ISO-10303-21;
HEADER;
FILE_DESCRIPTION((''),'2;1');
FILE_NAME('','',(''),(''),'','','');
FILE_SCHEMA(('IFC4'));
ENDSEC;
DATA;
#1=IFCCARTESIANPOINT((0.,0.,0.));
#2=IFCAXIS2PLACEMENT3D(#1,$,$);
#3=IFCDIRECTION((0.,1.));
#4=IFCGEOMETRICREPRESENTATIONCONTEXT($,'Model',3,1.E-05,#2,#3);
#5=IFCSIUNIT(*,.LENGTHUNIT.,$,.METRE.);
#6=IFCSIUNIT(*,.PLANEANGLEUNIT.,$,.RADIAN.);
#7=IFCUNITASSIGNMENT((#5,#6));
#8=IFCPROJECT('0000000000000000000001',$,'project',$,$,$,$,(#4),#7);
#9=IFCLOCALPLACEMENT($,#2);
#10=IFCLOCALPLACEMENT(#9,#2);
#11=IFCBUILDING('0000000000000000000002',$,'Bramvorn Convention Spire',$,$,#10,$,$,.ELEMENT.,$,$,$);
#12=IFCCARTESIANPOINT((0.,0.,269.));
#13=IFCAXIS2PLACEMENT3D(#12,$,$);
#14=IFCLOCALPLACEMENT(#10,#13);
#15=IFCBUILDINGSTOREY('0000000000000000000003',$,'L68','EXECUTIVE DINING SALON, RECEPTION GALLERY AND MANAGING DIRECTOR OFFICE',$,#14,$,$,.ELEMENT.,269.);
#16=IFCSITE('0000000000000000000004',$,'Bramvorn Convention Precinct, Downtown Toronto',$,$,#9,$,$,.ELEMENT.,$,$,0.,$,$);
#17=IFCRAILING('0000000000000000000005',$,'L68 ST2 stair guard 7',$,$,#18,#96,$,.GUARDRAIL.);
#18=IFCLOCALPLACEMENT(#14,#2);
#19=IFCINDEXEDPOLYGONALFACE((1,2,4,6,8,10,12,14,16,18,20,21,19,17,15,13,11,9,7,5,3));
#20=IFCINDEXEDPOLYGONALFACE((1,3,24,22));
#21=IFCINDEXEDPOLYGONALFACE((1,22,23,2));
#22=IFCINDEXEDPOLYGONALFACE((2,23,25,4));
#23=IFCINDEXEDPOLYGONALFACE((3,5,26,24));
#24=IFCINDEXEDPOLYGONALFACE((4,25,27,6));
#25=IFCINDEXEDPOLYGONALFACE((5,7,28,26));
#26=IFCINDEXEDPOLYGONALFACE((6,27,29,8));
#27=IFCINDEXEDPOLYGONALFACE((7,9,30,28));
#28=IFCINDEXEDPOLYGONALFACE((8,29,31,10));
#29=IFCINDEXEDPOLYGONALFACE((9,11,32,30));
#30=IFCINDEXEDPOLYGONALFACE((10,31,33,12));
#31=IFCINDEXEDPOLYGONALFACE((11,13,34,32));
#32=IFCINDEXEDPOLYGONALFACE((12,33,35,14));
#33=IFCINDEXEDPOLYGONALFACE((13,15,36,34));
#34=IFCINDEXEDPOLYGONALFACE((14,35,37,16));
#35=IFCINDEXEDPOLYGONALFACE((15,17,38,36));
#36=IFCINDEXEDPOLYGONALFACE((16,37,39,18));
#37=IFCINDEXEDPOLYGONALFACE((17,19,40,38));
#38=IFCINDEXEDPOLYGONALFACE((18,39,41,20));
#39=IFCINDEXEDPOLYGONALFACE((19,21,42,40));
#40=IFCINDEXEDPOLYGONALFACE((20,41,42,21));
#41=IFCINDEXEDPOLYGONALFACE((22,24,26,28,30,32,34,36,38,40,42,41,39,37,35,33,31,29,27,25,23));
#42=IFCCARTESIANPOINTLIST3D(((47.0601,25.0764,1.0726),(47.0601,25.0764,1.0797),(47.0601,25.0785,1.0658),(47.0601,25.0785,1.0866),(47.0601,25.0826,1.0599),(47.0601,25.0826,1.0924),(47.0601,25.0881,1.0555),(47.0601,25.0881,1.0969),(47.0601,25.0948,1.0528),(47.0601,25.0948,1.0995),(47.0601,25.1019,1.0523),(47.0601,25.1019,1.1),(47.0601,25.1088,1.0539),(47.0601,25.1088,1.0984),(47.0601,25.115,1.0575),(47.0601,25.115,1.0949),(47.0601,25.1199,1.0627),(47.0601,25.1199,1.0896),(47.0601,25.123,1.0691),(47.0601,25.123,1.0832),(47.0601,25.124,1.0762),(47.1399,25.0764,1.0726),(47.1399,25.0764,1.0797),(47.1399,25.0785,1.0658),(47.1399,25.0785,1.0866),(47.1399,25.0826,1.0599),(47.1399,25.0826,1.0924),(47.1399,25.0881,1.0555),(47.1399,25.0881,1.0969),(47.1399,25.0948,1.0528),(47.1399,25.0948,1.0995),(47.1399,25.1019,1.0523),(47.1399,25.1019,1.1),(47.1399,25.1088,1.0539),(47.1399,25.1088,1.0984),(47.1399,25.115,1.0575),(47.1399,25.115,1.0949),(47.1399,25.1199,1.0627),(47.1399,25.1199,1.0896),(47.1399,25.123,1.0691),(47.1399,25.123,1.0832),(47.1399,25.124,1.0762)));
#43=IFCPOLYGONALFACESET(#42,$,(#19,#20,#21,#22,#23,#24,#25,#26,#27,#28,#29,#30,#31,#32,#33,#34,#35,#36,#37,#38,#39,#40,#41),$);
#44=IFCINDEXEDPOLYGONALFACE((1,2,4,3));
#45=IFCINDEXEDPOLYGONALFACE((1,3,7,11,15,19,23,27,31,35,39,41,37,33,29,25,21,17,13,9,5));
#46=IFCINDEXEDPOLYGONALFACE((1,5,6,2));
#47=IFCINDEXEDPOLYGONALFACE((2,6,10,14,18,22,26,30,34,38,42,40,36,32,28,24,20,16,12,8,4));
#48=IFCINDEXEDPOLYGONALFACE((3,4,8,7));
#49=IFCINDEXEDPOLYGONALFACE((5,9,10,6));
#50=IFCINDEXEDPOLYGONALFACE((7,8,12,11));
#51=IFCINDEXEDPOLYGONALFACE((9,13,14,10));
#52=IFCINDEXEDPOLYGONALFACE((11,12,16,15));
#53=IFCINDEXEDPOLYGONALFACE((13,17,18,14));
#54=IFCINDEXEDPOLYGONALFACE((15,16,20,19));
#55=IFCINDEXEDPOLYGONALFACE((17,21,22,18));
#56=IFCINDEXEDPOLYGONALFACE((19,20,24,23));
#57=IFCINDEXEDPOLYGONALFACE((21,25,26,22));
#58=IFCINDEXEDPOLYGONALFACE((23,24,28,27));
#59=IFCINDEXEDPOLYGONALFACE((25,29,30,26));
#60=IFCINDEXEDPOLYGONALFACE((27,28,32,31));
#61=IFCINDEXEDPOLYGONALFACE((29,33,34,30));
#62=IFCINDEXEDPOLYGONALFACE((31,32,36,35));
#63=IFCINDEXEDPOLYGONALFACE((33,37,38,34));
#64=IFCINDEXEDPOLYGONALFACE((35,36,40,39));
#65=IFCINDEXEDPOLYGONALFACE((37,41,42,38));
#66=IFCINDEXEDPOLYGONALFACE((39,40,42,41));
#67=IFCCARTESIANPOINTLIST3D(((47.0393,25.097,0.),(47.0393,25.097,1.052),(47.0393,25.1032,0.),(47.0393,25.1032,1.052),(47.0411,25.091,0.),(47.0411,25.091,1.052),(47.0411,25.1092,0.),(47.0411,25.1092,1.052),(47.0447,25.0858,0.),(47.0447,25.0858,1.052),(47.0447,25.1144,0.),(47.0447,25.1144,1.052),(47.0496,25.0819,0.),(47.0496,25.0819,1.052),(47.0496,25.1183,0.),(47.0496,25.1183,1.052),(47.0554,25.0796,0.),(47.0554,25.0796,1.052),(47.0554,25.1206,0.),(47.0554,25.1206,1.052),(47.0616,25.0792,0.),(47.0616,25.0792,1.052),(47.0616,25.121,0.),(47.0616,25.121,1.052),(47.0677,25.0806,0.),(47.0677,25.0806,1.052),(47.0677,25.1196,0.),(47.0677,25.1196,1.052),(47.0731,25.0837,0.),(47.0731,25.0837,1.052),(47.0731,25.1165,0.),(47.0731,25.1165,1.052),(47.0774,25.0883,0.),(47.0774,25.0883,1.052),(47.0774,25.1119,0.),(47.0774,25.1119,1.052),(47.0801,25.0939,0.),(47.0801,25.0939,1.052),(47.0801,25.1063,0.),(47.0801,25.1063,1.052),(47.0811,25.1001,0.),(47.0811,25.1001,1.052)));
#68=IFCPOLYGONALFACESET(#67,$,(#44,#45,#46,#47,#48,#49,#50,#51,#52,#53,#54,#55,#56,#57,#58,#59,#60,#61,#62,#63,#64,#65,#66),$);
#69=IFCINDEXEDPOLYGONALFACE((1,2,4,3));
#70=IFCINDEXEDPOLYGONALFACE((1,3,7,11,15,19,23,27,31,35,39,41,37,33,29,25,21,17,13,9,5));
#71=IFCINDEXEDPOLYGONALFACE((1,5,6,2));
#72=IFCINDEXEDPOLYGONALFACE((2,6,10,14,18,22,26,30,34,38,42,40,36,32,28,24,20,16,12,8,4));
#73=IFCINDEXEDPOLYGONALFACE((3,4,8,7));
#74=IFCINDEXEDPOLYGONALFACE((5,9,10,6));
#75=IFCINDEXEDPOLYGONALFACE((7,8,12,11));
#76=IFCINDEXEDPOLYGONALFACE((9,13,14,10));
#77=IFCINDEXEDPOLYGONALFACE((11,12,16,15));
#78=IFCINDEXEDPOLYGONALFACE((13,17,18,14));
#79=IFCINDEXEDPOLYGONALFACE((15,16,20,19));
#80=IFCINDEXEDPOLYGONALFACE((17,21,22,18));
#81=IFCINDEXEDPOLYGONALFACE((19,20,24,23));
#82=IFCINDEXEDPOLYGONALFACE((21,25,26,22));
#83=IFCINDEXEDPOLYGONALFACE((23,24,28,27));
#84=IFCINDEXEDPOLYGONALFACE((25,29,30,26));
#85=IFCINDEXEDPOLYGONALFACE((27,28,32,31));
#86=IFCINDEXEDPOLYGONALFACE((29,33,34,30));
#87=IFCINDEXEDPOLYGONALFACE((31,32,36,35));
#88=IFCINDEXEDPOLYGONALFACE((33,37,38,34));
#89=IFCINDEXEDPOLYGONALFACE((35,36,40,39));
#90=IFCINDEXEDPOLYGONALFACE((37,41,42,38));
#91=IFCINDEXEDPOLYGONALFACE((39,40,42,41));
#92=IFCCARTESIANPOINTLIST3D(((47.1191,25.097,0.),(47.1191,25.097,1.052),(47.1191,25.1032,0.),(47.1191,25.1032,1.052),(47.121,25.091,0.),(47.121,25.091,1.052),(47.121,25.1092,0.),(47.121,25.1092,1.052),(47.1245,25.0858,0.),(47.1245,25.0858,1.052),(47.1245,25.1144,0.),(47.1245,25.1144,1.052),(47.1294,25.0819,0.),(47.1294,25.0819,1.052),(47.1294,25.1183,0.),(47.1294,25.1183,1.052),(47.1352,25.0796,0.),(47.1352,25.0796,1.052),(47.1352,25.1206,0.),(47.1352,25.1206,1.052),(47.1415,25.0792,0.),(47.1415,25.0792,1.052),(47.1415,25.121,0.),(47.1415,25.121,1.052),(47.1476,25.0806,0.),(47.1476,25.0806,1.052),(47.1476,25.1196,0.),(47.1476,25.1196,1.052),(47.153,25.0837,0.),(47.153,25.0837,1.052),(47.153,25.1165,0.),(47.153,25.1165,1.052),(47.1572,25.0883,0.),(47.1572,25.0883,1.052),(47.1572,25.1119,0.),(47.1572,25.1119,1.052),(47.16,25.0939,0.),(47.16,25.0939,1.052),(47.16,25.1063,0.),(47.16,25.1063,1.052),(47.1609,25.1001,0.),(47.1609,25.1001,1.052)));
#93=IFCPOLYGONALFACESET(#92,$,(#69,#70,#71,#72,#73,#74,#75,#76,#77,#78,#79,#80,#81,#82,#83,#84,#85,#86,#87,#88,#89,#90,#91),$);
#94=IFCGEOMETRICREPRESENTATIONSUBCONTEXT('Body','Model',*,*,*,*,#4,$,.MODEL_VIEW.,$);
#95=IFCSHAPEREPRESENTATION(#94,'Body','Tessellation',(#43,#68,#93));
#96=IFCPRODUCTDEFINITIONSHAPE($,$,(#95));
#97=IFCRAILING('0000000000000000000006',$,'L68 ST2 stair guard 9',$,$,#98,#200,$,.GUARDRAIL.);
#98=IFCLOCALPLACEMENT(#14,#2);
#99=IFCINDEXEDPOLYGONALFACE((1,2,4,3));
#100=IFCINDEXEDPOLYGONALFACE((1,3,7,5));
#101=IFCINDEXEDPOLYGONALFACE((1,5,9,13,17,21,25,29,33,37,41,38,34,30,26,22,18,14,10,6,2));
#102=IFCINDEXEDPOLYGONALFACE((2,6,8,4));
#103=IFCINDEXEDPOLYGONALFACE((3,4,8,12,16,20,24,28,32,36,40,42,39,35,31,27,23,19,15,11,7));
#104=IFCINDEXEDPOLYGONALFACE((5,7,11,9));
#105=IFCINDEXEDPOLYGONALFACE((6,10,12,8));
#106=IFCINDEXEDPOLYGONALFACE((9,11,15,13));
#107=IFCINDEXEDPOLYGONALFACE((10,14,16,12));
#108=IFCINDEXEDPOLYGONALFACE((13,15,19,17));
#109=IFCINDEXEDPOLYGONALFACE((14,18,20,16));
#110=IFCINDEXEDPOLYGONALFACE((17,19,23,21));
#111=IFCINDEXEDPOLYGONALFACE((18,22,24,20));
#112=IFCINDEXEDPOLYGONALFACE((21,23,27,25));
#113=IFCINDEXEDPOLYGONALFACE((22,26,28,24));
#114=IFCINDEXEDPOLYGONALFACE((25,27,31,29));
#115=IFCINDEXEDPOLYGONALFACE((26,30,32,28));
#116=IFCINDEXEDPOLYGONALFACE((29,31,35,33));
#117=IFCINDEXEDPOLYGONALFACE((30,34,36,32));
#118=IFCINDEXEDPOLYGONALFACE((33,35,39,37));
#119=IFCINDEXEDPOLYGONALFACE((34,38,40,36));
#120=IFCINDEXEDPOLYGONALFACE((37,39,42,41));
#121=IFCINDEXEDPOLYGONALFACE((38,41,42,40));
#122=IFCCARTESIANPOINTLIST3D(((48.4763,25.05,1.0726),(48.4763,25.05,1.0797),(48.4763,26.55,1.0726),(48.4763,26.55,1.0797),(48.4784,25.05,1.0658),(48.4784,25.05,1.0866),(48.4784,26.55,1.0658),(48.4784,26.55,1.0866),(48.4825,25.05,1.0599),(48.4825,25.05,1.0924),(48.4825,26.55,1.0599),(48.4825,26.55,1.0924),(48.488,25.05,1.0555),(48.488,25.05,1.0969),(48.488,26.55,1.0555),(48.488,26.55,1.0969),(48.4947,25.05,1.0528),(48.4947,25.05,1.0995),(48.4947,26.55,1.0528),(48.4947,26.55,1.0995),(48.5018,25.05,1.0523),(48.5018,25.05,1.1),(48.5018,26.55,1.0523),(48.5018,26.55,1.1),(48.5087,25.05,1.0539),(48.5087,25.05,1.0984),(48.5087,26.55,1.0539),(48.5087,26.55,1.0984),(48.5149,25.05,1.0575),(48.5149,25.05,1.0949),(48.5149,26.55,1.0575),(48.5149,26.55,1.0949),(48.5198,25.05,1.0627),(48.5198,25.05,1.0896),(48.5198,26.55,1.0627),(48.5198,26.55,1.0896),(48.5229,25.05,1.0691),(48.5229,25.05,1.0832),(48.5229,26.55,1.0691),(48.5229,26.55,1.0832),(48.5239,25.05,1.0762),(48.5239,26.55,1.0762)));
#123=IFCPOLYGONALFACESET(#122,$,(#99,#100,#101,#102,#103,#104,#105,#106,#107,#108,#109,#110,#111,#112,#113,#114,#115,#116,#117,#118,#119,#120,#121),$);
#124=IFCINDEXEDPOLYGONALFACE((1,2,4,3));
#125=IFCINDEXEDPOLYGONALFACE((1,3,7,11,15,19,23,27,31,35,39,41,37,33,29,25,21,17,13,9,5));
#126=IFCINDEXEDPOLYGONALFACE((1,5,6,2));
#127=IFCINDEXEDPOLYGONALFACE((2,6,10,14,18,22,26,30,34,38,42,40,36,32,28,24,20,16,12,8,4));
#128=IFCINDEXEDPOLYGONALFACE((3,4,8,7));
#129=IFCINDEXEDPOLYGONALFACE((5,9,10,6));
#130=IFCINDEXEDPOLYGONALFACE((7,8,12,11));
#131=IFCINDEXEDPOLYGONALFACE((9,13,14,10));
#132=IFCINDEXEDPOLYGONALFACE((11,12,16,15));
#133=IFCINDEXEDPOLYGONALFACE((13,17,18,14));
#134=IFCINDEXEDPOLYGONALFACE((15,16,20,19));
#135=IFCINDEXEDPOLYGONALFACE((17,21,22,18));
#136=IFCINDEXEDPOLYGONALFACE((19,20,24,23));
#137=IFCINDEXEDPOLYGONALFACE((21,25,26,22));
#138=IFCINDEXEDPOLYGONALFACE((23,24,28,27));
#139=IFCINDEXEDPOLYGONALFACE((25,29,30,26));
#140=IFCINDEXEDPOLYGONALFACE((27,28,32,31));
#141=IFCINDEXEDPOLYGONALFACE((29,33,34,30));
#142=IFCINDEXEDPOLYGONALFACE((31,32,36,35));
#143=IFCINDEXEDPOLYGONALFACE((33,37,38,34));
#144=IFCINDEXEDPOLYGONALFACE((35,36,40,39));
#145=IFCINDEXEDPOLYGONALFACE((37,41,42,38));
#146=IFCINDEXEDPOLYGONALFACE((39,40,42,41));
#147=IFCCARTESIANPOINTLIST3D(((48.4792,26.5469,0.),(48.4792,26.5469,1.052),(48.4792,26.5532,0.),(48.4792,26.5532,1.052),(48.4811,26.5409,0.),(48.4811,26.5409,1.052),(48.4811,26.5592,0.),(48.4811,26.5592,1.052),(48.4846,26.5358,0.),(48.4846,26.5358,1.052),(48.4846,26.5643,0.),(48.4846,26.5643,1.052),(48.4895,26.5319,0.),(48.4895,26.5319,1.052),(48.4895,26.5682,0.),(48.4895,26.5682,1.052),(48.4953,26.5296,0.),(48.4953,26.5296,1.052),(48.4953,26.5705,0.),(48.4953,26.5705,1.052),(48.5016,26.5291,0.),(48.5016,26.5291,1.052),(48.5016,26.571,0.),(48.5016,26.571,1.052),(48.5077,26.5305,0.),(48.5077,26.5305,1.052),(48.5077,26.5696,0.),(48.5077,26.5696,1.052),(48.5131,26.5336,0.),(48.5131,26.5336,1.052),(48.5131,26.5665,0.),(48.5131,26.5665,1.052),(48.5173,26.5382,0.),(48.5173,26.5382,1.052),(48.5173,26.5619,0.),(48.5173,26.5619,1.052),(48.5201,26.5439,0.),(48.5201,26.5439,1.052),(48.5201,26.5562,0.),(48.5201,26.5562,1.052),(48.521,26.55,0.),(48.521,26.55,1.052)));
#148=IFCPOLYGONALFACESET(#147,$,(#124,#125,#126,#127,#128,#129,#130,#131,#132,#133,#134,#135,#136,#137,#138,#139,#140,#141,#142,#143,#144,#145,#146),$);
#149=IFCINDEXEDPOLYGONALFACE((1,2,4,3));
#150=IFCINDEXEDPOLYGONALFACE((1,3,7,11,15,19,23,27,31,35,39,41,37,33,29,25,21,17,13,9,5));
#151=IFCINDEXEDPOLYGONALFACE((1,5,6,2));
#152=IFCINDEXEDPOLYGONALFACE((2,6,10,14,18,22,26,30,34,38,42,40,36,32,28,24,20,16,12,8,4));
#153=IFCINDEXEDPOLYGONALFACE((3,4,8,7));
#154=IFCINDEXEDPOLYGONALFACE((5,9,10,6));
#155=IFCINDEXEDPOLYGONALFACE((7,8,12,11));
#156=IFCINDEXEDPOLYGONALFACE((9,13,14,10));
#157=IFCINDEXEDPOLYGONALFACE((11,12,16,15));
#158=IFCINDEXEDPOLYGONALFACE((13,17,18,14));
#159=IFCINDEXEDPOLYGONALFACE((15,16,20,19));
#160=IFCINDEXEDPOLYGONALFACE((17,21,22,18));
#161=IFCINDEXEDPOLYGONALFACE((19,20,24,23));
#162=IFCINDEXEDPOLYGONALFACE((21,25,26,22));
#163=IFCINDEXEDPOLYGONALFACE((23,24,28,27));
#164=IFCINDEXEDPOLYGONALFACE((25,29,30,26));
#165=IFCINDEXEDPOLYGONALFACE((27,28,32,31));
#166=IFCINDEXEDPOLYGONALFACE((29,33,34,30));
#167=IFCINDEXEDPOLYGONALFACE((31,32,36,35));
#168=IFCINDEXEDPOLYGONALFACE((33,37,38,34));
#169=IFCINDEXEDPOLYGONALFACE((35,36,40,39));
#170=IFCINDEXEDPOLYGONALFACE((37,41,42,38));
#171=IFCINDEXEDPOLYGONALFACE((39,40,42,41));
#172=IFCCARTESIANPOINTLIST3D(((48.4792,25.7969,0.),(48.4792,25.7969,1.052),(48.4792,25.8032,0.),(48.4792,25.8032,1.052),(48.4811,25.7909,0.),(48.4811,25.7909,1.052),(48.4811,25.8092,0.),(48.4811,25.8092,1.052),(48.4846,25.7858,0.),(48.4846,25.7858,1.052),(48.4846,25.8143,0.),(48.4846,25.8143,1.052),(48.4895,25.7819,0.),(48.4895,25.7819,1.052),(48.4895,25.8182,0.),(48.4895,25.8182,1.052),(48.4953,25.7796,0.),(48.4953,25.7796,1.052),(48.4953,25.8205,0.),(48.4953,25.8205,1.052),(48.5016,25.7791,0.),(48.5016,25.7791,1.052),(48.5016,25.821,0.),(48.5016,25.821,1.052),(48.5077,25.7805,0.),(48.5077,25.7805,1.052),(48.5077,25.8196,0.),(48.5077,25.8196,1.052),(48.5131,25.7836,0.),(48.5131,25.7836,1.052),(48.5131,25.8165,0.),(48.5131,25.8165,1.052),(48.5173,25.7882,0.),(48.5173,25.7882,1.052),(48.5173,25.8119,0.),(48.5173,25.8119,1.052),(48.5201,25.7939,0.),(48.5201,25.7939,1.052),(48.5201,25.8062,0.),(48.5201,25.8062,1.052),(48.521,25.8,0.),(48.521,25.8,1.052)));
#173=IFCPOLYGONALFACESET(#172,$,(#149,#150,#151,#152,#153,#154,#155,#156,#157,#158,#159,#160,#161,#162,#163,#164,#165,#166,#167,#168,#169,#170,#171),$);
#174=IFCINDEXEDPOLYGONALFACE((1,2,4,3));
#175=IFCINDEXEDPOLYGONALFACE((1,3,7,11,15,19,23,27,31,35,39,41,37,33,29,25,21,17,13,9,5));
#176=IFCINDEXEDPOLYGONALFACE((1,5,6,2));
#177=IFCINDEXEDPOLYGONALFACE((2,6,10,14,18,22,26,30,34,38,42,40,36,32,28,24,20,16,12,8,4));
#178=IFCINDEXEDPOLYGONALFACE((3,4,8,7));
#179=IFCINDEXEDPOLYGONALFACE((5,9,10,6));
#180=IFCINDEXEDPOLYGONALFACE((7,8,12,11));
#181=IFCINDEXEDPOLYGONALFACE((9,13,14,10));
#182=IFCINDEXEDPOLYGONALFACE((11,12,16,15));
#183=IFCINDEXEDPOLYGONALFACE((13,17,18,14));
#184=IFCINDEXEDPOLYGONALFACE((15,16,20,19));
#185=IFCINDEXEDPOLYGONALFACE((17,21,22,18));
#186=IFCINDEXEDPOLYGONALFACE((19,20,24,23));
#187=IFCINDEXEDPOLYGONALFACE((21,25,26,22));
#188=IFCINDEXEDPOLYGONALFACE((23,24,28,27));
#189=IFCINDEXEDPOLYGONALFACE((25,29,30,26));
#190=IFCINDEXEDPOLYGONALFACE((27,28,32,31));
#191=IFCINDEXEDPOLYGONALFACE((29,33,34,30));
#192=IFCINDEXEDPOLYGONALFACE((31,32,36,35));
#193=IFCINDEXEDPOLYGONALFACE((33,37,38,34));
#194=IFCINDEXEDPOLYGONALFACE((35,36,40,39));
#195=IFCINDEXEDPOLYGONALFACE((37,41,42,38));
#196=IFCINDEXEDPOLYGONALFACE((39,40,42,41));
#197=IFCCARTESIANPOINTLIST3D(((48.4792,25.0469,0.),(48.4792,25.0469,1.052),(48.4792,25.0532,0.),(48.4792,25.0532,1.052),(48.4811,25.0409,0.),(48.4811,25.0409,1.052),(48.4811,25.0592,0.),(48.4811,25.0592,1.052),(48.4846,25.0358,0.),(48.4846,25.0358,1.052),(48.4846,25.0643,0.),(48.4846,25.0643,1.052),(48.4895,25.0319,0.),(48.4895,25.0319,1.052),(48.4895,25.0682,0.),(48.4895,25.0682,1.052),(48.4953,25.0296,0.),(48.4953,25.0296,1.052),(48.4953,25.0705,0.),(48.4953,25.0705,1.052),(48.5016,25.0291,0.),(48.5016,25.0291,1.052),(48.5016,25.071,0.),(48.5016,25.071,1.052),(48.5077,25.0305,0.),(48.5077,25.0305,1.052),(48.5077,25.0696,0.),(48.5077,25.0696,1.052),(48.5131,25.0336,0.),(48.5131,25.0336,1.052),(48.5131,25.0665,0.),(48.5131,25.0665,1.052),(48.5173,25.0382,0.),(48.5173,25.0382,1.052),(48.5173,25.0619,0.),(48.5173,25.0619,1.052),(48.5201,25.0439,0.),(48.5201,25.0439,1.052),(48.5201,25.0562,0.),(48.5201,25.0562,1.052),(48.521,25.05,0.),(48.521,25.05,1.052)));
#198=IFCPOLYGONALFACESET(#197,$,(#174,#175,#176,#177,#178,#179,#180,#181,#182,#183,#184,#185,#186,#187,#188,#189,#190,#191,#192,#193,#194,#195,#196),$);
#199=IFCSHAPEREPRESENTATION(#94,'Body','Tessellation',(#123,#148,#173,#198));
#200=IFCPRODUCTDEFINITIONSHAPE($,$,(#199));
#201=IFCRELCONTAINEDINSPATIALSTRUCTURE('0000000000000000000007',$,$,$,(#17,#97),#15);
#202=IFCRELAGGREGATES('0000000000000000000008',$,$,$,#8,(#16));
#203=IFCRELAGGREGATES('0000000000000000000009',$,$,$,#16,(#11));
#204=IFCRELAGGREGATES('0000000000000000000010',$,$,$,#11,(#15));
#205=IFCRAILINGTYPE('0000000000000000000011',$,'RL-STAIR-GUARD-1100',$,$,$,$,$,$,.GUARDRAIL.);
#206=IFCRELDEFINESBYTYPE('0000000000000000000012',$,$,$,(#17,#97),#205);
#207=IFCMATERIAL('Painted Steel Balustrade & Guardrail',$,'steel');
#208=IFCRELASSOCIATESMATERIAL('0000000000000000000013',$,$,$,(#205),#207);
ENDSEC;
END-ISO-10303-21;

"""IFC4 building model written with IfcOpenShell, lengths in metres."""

from ifc_helpers import new_model, si_unit, direction, frame, origin, origin_2d, place, context, subcontext, project, spatial, circle, extrude, material, type_object, element, save


model = new_model("IFC4")

# Units and contexts
model_context = context("Model", 3, precision=1e-05, world=origin(), true_north=direction((0.0, 1.0)))
body_context = subcontext(model_context, "Body", "Model", "MODEL_VIEW")
ifc_project = project(units=[si_unit("LENGTHUNIT", "METRE"), si_unit("PLANEANGLEUNIT", "RADIAN")], contexts=[model_context])

# Site, building, storey
site_placement = place(None, origin())
site = spatial("IfcSite", under=ifc_project, at=site_placement, Name="Bramvorn Convention Precinct, Downtown Toronto", CompositionType="ELEMENT", RefElevation=0.0)
building_placement = place(site_placement, origin())
building = spatial("IfcBuilding", under=site, at=building_placement, Name="Bramvorn Convention Spire", CompositionType="ELEMENT")
storey_placement = place(building_placement, frame((0.0, 0.0, 269.0)))
storey = spatial("IfcBuildingStorey", under=building, at=storey_placement, Name="L68", Description="EXECUTIVE DINING SALON, RECEPTION GALLERY AND MANAGING DIRECTOR OFFICE", CompositionType="ELEMENT", Elevation=269.0)

# Railings
ifc_material_1 = material(Name="Painted Steel Balustrade & Guardrail", Category="steel")
railing_type = type_object("IfcRailingType", Name="RL-STAIR-GUARD-1100", PredefinedType="GUARDRAIL", material=ifc_material_1)
railing_1_placement = place(storey_placement, frame((47.0601, 25.1001, 0.0)))
element("IfcRailing", 1, at=railing_1_placement, inside=storey, type_object=railing_type, Name="L68 ST2 stair guard 7", PredefinedType="GUARDRAIL", context=body_context, shape_type="SweptSolid", body=[
    extrude(circle(Radius=0.0239, at=origin_2d()), frame((0.0, 0.0, 1.0762), z_axis=(1.0, 0.0, 0.0), x_axis=(0.0, 1.0, 0.0)), (0.0, 0.0, 1.0), 0.0798),
    extrude(circle(Radius=0.021, at=origin_2d()), origin(), (0.0, 0.0, 1.0), 1.052),
    extrude(circle(Radius=0.021, at=origin_2d()), frame((0.0798, 0.0, 0.0)), (0.0, 0.0, 1.0), 1.052),
])
railing_2_placement = place(storey_placement, frame((48.5, 26.55, 0.0)))
element("IfcRailing", 2, at=railing_2_placement, inside=storey, type_object=railing_type, Name="L68 ST2 stair guard 9", PredefinedType="GUARDRAIL", context=body_context, shape_type="SweptSolid", body=[
    extrude(circle(Radius=0.0239, at=origin_2d()), frame((0.0, 0.0, 1.0762), z_axis=(0.0, -1.0, 0.0), x_axis=(1.0, 0.0, 0.0)), (0.0, 0.0, 1.0), 1.5),
    extrude(circle(Radius=0.021, at=origin_2d()), origin(), (0.0, 0.0, 1.0), 1.052),
    extrude(circle(Radius=0.021, at=origin_2d()), frame((0.0, -0.75, 0.0)), (0.0, 0.0, 1.0), 1.052),
    extrude(circle(Radius=0.021, at=origin_2d()), frame((0.0, -1.5, 0.0)), (0.0, 0.0, 1.0), 1.052),
])

save(model, "model.ifc")
